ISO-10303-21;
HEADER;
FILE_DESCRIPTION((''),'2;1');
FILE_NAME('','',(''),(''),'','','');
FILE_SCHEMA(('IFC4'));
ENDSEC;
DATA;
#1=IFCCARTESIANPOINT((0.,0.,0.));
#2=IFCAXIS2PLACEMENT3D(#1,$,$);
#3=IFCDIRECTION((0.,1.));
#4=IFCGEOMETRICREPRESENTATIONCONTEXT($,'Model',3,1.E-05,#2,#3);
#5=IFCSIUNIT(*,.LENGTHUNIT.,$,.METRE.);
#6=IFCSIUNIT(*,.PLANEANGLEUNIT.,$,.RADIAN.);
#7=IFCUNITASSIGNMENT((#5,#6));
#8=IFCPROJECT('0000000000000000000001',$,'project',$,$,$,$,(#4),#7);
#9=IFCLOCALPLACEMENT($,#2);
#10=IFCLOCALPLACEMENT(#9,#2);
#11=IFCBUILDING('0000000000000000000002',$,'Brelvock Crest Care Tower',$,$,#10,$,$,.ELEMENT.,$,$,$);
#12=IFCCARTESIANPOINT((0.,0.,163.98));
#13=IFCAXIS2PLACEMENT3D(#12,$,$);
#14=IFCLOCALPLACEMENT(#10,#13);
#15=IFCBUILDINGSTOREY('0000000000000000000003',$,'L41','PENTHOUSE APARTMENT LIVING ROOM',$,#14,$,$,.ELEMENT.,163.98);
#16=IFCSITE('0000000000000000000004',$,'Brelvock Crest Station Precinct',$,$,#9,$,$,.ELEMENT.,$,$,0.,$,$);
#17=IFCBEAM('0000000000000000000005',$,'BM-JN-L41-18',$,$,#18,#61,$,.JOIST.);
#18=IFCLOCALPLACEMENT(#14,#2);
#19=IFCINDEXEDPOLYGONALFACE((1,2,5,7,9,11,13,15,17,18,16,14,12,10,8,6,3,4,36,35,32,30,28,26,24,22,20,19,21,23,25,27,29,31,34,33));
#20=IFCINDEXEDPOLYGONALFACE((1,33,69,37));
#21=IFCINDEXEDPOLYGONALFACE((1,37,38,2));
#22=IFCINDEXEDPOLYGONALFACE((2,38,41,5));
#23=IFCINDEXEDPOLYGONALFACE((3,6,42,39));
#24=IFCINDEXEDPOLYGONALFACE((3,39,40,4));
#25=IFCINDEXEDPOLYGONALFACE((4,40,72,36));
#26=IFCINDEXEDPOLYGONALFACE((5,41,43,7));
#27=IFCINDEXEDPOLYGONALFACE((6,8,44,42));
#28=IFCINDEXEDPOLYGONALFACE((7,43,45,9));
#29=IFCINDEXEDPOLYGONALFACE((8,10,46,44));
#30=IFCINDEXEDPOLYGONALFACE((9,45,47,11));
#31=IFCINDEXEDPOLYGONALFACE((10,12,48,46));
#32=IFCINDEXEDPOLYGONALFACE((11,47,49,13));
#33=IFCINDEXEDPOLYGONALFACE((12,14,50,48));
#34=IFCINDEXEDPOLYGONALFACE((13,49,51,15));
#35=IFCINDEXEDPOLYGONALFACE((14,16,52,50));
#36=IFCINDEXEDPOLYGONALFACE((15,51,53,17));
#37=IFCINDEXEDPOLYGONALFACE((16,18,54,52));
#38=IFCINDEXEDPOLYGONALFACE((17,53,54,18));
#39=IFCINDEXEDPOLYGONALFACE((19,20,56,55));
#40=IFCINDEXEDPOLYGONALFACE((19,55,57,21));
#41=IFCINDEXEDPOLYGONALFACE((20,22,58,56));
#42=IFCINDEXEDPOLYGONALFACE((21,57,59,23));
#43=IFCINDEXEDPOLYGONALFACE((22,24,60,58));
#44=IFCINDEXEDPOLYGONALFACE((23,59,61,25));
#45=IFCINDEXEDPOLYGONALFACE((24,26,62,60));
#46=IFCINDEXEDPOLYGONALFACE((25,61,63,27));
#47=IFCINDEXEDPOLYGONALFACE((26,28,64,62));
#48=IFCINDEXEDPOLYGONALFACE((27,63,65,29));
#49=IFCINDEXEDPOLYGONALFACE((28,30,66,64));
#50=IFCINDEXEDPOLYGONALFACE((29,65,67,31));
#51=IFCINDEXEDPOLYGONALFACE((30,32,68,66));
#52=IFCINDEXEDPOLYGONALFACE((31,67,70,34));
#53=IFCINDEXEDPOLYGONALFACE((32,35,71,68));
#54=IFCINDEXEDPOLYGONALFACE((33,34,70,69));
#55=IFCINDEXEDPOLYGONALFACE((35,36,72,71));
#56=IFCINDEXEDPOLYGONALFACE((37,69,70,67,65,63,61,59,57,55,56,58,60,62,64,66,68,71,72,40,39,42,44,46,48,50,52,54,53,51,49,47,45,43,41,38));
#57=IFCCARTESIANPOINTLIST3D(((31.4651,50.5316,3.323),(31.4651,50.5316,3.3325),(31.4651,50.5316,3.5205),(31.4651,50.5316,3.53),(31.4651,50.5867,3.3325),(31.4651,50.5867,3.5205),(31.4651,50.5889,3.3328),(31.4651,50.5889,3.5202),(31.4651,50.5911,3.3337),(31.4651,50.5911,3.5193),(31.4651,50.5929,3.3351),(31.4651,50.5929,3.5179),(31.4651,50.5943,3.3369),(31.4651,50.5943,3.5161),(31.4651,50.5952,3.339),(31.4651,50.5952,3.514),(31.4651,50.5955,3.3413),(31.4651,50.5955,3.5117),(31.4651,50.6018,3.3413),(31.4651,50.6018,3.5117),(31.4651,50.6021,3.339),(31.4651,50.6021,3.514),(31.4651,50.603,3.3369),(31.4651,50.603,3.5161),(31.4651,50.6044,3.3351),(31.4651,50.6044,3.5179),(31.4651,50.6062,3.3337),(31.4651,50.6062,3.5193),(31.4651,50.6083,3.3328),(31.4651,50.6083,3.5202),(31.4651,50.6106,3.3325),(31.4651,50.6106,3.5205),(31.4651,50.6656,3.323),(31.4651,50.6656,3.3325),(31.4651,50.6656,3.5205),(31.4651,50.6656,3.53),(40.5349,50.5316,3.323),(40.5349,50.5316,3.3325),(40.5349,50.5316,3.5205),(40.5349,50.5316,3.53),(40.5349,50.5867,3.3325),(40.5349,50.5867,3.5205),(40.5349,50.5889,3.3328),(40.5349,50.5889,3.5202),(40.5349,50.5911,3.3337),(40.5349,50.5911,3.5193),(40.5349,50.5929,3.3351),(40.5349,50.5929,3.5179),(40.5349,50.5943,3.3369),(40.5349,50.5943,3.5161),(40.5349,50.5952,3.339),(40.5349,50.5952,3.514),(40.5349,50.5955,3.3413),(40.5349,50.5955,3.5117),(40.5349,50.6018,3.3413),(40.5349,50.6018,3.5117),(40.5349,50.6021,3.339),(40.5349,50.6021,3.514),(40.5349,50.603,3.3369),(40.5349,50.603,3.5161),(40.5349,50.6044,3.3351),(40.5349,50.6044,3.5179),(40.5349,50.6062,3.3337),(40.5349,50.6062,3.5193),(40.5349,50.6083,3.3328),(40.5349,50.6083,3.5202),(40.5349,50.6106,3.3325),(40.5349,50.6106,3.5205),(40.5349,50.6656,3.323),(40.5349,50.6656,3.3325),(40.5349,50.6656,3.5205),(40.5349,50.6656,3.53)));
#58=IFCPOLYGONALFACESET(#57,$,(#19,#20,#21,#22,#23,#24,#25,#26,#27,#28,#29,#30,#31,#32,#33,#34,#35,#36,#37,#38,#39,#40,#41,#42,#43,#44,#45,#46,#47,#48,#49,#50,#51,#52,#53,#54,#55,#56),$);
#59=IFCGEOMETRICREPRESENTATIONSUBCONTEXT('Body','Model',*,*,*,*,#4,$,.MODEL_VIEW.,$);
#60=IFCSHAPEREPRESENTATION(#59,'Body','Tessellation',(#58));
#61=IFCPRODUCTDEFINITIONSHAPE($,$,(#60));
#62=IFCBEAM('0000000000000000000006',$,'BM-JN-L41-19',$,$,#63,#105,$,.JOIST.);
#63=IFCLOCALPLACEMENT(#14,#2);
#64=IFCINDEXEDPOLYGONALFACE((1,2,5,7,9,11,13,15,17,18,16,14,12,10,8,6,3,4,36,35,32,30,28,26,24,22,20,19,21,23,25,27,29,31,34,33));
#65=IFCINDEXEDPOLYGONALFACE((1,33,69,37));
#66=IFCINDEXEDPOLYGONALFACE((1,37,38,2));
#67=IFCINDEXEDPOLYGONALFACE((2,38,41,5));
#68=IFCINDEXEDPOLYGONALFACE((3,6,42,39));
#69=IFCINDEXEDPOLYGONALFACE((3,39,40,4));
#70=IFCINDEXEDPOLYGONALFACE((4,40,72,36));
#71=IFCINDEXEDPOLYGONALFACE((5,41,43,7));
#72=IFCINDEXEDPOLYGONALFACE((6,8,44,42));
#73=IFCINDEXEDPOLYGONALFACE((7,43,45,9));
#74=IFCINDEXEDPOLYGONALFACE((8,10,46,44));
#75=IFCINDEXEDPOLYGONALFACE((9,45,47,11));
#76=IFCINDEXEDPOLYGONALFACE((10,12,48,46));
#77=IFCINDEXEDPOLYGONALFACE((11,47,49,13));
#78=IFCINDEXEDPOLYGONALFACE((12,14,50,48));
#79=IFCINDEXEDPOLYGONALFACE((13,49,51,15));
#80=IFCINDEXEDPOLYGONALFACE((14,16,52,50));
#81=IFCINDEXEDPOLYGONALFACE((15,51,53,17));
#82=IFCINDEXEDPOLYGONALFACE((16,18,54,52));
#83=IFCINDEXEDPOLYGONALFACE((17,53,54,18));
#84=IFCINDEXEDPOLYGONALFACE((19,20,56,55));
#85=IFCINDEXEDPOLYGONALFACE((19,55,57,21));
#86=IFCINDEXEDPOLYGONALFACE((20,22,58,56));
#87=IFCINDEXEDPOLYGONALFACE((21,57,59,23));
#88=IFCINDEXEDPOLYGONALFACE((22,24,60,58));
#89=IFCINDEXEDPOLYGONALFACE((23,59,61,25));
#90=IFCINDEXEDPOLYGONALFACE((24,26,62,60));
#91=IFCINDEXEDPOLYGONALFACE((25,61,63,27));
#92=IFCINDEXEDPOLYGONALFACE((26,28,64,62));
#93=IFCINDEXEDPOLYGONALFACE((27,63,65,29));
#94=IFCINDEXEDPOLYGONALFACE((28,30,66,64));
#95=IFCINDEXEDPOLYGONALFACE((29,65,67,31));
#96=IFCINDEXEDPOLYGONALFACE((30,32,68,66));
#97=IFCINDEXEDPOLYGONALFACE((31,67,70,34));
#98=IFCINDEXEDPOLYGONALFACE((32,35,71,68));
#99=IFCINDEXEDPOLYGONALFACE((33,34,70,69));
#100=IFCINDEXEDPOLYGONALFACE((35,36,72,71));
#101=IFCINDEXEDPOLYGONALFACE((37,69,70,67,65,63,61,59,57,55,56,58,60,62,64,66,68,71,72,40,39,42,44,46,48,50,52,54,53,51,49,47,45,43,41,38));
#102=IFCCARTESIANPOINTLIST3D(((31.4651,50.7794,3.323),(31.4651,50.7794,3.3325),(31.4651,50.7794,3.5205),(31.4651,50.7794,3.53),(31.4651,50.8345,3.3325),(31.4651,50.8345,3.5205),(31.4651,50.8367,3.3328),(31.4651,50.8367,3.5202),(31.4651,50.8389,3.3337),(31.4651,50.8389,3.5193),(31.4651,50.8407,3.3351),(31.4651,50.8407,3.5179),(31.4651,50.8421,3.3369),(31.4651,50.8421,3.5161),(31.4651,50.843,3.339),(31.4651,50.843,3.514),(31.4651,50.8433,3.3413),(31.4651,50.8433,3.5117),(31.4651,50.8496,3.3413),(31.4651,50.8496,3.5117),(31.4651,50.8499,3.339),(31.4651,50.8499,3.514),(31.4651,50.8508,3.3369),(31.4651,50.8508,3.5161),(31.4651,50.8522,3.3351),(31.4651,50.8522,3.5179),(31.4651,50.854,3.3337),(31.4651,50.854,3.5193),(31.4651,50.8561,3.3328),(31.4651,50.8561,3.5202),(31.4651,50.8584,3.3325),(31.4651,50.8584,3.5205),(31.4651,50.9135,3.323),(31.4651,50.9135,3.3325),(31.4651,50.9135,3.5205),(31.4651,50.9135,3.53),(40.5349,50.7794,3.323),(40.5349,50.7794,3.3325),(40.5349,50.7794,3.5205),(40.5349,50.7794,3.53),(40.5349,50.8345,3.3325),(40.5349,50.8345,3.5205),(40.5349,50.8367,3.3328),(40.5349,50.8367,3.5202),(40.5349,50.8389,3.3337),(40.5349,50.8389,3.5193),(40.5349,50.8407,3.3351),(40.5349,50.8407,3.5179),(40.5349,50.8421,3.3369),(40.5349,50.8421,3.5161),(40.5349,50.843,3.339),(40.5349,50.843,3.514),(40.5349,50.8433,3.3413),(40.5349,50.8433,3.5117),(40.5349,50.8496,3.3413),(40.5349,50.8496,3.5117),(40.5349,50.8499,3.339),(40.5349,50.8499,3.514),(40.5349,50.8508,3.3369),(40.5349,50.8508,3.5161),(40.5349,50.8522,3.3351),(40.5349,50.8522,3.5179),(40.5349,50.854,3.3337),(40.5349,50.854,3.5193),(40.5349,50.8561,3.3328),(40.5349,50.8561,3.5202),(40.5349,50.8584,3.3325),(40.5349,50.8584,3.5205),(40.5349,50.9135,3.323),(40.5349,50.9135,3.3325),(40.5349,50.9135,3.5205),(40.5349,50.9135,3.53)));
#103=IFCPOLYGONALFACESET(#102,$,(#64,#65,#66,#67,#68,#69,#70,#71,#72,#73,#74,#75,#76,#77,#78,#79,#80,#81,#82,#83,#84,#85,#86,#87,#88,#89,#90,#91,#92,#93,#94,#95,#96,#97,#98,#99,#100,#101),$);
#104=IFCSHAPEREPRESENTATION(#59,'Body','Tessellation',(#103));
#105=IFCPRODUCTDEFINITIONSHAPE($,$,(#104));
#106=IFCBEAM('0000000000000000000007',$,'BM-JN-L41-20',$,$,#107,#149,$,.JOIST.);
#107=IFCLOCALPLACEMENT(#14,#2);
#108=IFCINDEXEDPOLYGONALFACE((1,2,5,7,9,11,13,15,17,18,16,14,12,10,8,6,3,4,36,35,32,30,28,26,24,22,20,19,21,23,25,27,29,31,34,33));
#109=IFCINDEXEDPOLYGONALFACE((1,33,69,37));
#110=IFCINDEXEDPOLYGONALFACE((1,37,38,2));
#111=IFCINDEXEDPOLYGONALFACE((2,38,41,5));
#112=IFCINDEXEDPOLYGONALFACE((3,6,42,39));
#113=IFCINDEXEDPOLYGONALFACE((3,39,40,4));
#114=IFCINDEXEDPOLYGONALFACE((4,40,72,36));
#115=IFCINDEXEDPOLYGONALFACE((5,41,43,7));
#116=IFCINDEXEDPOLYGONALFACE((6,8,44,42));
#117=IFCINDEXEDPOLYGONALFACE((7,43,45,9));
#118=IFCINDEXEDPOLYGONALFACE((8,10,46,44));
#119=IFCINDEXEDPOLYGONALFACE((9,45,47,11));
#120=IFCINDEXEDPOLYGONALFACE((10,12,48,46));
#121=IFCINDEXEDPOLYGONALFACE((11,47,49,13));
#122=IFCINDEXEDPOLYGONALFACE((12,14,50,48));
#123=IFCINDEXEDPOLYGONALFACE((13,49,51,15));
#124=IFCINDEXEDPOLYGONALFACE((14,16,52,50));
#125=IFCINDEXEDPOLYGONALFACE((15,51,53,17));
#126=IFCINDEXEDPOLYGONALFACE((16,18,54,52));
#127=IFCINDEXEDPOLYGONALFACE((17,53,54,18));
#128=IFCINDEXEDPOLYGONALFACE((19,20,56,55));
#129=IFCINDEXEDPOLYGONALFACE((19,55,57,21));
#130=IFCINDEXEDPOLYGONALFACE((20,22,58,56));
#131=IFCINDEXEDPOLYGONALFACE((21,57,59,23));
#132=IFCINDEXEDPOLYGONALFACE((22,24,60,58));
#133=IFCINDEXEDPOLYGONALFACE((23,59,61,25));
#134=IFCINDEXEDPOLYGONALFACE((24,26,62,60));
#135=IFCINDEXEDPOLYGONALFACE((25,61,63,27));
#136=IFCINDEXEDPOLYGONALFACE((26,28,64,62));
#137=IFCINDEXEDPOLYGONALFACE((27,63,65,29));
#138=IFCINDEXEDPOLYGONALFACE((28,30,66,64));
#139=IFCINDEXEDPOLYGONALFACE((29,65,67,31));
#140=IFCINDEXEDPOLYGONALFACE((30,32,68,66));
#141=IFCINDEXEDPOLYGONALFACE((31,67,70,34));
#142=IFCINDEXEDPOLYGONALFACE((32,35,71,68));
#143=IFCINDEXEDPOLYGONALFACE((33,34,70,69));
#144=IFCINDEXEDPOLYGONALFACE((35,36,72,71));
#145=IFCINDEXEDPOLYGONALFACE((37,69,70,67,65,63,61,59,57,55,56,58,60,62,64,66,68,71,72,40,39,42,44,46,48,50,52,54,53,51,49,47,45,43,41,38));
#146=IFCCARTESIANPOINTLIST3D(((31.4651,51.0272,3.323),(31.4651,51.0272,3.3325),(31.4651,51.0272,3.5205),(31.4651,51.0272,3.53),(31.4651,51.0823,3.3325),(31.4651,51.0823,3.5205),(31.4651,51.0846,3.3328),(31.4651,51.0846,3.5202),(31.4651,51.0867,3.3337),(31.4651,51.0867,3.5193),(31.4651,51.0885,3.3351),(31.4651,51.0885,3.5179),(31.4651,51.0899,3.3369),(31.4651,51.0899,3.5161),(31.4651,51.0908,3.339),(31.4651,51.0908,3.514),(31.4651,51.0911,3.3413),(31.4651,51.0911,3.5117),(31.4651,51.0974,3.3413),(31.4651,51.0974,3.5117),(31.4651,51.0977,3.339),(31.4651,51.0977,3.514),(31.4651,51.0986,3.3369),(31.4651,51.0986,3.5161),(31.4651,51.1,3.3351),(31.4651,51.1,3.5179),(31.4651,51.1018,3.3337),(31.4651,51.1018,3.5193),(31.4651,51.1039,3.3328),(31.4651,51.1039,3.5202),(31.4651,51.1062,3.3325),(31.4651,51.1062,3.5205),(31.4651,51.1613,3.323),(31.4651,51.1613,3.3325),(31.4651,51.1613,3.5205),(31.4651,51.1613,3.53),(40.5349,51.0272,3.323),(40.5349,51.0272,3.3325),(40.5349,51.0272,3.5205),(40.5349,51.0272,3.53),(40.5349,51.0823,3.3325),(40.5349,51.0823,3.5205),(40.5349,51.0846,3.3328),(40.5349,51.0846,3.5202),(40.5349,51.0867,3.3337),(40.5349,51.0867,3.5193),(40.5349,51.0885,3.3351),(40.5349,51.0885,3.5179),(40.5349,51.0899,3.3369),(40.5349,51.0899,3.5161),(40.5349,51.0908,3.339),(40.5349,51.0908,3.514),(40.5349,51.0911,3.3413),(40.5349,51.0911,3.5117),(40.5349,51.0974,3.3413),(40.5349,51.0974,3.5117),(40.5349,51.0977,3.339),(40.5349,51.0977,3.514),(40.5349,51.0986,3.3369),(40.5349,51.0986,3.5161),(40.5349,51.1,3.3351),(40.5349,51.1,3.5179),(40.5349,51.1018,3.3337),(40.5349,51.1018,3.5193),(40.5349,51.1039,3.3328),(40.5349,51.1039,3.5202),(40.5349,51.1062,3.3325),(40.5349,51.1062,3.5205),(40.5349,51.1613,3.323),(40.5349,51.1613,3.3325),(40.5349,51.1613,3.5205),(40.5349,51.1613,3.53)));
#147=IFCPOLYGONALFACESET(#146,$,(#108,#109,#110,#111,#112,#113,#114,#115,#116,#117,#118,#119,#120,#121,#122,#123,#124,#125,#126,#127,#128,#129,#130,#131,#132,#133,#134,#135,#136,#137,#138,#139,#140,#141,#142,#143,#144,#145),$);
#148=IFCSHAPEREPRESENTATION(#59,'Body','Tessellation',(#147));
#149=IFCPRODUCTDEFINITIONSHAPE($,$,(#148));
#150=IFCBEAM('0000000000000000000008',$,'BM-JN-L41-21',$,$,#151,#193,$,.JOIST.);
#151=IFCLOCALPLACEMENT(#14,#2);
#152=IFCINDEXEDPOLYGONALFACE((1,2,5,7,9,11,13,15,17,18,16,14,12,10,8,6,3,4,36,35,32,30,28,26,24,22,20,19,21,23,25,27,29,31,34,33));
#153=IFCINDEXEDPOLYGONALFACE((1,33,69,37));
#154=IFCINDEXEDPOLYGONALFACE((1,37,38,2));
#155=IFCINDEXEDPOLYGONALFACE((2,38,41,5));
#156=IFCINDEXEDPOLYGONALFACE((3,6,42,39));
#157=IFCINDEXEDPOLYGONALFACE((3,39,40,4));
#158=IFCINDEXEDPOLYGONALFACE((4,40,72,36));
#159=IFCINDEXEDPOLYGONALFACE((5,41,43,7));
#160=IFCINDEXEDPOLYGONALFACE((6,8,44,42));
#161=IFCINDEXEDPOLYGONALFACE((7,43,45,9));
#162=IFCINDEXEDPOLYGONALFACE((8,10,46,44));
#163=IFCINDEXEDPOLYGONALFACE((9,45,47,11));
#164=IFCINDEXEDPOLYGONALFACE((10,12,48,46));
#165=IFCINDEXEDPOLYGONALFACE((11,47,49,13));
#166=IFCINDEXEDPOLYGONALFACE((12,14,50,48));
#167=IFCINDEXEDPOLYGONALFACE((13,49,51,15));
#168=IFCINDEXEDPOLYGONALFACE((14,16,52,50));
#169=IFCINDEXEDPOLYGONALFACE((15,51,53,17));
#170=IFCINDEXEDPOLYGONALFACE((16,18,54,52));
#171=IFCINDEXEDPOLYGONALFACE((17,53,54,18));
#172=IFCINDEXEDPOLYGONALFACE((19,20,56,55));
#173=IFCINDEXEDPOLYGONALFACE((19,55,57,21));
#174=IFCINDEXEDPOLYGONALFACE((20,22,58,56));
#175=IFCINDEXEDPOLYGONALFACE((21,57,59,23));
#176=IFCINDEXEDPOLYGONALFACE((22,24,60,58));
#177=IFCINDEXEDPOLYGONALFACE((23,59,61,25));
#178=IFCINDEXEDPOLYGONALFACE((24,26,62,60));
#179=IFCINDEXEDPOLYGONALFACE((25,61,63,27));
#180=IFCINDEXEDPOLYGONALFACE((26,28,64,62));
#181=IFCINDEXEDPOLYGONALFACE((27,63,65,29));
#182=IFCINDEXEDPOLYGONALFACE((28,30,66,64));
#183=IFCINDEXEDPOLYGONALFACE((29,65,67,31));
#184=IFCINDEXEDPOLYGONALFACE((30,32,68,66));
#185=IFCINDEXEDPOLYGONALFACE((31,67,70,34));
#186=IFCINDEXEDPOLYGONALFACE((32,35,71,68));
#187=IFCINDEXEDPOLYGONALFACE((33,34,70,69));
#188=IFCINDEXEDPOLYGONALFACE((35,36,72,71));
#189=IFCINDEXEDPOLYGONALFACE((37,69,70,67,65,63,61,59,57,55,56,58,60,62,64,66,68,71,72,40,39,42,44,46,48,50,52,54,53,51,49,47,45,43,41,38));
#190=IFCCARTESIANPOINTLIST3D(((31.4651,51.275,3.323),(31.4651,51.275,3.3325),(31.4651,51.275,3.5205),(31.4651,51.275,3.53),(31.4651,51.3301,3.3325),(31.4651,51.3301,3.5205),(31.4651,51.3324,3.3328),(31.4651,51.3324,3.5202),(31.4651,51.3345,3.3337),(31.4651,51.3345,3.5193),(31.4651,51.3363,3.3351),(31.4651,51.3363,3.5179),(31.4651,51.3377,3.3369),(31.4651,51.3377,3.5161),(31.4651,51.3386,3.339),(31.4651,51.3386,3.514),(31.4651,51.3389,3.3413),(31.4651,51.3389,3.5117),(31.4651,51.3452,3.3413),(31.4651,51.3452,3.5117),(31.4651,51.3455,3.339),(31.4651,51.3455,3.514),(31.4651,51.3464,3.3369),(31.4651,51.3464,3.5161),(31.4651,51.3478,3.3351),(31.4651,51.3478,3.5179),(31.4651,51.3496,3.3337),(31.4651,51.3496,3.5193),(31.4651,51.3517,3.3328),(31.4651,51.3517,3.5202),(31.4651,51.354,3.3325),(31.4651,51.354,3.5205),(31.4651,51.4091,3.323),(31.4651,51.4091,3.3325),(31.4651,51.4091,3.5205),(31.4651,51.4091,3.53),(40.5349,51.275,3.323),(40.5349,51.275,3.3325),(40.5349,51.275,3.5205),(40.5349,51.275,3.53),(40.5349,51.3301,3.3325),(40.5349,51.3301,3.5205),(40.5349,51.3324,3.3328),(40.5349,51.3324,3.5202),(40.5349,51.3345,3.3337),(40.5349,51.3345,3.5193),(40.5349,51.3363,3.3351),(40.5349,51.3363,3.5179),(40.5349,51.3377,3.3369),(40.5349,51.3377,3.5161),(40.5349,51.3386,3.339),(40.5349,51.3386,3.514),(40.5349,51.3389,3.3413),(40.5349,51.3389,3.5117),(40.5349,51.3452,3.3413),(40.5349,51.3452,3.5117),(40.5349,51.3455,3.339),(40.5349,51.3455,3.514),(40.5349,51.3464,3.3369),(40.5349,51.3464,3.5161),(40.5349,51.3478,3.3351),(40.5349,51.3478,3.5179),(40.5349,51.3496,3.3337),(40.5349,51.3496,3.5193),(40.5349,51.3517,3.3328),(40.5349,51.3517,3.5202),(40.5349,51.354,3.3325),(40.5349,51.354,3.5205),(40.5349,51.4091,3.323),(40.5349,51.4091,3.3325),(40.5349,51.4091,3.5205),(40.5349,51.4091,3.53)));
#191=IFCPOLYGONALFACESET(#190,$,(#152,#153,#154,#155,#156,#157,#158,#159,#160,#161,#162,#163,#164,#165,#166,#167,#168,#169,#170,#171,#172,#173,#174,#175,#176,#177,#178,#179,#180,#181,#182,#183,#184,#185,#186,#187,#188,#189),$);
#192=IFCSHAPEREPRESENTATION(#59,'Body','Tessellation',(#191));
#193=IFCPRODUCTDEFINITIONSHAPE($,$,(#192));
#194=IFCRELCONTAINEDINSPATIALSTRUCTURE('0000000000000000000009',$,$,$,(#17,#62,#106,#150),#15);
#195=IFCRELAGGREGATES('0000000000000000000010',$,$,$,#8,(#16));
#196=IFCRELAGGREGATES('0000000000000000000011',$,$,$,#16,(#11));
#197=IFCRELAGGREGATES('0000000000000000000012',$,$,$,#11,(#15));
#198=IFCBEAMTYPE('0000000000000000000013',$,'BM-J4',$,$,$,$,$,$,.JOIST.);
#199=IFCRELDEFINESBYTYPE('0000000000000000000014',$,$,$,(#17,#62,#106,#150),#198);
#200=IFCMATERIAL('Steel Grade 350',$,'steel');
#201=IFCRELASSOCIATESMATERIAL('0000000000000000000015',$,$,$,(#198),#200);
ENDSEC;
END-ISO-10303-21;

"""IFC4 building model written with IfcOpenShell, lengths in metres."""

from ifc_helpers import new_model, si_unit, direction, frame, origin, origin_2d, place, context, subcontext, project, spatial, i_section, extrude, source, transform, mapped, material, material_profile, profile_set, type_object, element, save


model = new_model("IFC4")

# Units and contexts
model_context = context("Model", 3, precision=1e-05, world=origin(), true_north=direction((0.0, 1.0)))
body_context = subcontext(model_context, "Body", "Model", "MODEL_VIEW")
ifc_project = project(units=[si_unit("LENGTHUNIT", "METRE"), si_unit("PLANEANGLEUNIT", "RADIAN")], contexts=[model_context])

# Site, building, storey
site_placement = place(None, origin())
site = spatial("IfcSite", under=ifc_project, at=site_placement, Name="Brelvock Crest Station Precinct", CompositionType="ELEMENT", RefElevation=0.0)
building_placement = place(site_placement, origin())
building = spatial("IfcBuilding", under=site, at=building_placement, Name="Brelvock Crest Care Tower", CompositionType="ELEMENT")
storey_placement = place(building_placement, frame((0.0, 0.0, 163.98)))
storey = spatial("IfcBuildingStorey", under=building, at=storey_placement, Name="L41", Description="PENTHOUSE APARTMENT LIVING ROOM", CompositionType="ELEMENT", Elevation=163.98)

# Shared definitions
ifc_material_1 = material(Name="Steel Grade 350", Category="steel")

# Beams
ifc_material_profile_1 = material_profile(ifc_material_1, i_section(OverallWidth=0.134, OverallDepth=0.207, WebThickness=0.0063, FlangeThickness=0.0095, FilletRadius=0.0088, at=origin_2d()), Name="200UB29.8")
ifc_profile_set_1 = profile_set([ifc_material_profile_1], Name="Steel Grade 350")
beam_type_1 = type_object("IfcBeamType", Name="BM-J4", PredefinedType="JOIST", material=ifc_profile_set_1)
shared_shape_1 = source(origin(), body_context, "Body", "SweptSolid", [
    extrude(i_section(OverallWidth=0.134, OverallDepth=0.207, WebThickness=0.0063, FlangeThickness=0.0095, FilletRadius=0.0088, at=origin_2d()), origin(), (0.0, 0.0, 1.0), 9.0698),
])
for number, where, z_axis, x_axis, name in (
    (1, (31.4651, 50.5986, 3.4265), (1.0, 0.0, 0.0), (0.0, 1.0, 0.0), "BM-JN-L41-18"),
    (2, (31.4651, 50.8464, 3.4265), (1.0, 0.0, 0.0), (0.0, 1.0, 0.0), "BM-JN-L41-19"),
    (3, (31.4651, 51.0942, 3.4265), (1.0, 0.0, 0.0), (0.0, 1.0, 0.0), "BM-JN-L41-20"),
    (4, (31.4651, 51.342, 3.4265), (1.0, 0.0, 0.0), (0.0, 1.0, 0.0), "BM-JN-L41-21"),
):
    element("IfcBeam", number, at=place(storey_placement, frame(where, z_axis=z_axis, x_axis=x_axis)), inside=storey, type_object=beam_type_1, Name=name, PredefinedType="JOIST", context=body_context, shape_type="MappedRepresentation", body=[
        mapped(shared_shape_1, transform((0.0, 0.0, 0.0), x_axis=(1.0, 0.0, 0.0), y_axis=(0.0, 1.0, 0.0), z_axis=(0.0, 0.0, 1.0), scale=1.0)),
    ])

save(model, "model.ifc")
